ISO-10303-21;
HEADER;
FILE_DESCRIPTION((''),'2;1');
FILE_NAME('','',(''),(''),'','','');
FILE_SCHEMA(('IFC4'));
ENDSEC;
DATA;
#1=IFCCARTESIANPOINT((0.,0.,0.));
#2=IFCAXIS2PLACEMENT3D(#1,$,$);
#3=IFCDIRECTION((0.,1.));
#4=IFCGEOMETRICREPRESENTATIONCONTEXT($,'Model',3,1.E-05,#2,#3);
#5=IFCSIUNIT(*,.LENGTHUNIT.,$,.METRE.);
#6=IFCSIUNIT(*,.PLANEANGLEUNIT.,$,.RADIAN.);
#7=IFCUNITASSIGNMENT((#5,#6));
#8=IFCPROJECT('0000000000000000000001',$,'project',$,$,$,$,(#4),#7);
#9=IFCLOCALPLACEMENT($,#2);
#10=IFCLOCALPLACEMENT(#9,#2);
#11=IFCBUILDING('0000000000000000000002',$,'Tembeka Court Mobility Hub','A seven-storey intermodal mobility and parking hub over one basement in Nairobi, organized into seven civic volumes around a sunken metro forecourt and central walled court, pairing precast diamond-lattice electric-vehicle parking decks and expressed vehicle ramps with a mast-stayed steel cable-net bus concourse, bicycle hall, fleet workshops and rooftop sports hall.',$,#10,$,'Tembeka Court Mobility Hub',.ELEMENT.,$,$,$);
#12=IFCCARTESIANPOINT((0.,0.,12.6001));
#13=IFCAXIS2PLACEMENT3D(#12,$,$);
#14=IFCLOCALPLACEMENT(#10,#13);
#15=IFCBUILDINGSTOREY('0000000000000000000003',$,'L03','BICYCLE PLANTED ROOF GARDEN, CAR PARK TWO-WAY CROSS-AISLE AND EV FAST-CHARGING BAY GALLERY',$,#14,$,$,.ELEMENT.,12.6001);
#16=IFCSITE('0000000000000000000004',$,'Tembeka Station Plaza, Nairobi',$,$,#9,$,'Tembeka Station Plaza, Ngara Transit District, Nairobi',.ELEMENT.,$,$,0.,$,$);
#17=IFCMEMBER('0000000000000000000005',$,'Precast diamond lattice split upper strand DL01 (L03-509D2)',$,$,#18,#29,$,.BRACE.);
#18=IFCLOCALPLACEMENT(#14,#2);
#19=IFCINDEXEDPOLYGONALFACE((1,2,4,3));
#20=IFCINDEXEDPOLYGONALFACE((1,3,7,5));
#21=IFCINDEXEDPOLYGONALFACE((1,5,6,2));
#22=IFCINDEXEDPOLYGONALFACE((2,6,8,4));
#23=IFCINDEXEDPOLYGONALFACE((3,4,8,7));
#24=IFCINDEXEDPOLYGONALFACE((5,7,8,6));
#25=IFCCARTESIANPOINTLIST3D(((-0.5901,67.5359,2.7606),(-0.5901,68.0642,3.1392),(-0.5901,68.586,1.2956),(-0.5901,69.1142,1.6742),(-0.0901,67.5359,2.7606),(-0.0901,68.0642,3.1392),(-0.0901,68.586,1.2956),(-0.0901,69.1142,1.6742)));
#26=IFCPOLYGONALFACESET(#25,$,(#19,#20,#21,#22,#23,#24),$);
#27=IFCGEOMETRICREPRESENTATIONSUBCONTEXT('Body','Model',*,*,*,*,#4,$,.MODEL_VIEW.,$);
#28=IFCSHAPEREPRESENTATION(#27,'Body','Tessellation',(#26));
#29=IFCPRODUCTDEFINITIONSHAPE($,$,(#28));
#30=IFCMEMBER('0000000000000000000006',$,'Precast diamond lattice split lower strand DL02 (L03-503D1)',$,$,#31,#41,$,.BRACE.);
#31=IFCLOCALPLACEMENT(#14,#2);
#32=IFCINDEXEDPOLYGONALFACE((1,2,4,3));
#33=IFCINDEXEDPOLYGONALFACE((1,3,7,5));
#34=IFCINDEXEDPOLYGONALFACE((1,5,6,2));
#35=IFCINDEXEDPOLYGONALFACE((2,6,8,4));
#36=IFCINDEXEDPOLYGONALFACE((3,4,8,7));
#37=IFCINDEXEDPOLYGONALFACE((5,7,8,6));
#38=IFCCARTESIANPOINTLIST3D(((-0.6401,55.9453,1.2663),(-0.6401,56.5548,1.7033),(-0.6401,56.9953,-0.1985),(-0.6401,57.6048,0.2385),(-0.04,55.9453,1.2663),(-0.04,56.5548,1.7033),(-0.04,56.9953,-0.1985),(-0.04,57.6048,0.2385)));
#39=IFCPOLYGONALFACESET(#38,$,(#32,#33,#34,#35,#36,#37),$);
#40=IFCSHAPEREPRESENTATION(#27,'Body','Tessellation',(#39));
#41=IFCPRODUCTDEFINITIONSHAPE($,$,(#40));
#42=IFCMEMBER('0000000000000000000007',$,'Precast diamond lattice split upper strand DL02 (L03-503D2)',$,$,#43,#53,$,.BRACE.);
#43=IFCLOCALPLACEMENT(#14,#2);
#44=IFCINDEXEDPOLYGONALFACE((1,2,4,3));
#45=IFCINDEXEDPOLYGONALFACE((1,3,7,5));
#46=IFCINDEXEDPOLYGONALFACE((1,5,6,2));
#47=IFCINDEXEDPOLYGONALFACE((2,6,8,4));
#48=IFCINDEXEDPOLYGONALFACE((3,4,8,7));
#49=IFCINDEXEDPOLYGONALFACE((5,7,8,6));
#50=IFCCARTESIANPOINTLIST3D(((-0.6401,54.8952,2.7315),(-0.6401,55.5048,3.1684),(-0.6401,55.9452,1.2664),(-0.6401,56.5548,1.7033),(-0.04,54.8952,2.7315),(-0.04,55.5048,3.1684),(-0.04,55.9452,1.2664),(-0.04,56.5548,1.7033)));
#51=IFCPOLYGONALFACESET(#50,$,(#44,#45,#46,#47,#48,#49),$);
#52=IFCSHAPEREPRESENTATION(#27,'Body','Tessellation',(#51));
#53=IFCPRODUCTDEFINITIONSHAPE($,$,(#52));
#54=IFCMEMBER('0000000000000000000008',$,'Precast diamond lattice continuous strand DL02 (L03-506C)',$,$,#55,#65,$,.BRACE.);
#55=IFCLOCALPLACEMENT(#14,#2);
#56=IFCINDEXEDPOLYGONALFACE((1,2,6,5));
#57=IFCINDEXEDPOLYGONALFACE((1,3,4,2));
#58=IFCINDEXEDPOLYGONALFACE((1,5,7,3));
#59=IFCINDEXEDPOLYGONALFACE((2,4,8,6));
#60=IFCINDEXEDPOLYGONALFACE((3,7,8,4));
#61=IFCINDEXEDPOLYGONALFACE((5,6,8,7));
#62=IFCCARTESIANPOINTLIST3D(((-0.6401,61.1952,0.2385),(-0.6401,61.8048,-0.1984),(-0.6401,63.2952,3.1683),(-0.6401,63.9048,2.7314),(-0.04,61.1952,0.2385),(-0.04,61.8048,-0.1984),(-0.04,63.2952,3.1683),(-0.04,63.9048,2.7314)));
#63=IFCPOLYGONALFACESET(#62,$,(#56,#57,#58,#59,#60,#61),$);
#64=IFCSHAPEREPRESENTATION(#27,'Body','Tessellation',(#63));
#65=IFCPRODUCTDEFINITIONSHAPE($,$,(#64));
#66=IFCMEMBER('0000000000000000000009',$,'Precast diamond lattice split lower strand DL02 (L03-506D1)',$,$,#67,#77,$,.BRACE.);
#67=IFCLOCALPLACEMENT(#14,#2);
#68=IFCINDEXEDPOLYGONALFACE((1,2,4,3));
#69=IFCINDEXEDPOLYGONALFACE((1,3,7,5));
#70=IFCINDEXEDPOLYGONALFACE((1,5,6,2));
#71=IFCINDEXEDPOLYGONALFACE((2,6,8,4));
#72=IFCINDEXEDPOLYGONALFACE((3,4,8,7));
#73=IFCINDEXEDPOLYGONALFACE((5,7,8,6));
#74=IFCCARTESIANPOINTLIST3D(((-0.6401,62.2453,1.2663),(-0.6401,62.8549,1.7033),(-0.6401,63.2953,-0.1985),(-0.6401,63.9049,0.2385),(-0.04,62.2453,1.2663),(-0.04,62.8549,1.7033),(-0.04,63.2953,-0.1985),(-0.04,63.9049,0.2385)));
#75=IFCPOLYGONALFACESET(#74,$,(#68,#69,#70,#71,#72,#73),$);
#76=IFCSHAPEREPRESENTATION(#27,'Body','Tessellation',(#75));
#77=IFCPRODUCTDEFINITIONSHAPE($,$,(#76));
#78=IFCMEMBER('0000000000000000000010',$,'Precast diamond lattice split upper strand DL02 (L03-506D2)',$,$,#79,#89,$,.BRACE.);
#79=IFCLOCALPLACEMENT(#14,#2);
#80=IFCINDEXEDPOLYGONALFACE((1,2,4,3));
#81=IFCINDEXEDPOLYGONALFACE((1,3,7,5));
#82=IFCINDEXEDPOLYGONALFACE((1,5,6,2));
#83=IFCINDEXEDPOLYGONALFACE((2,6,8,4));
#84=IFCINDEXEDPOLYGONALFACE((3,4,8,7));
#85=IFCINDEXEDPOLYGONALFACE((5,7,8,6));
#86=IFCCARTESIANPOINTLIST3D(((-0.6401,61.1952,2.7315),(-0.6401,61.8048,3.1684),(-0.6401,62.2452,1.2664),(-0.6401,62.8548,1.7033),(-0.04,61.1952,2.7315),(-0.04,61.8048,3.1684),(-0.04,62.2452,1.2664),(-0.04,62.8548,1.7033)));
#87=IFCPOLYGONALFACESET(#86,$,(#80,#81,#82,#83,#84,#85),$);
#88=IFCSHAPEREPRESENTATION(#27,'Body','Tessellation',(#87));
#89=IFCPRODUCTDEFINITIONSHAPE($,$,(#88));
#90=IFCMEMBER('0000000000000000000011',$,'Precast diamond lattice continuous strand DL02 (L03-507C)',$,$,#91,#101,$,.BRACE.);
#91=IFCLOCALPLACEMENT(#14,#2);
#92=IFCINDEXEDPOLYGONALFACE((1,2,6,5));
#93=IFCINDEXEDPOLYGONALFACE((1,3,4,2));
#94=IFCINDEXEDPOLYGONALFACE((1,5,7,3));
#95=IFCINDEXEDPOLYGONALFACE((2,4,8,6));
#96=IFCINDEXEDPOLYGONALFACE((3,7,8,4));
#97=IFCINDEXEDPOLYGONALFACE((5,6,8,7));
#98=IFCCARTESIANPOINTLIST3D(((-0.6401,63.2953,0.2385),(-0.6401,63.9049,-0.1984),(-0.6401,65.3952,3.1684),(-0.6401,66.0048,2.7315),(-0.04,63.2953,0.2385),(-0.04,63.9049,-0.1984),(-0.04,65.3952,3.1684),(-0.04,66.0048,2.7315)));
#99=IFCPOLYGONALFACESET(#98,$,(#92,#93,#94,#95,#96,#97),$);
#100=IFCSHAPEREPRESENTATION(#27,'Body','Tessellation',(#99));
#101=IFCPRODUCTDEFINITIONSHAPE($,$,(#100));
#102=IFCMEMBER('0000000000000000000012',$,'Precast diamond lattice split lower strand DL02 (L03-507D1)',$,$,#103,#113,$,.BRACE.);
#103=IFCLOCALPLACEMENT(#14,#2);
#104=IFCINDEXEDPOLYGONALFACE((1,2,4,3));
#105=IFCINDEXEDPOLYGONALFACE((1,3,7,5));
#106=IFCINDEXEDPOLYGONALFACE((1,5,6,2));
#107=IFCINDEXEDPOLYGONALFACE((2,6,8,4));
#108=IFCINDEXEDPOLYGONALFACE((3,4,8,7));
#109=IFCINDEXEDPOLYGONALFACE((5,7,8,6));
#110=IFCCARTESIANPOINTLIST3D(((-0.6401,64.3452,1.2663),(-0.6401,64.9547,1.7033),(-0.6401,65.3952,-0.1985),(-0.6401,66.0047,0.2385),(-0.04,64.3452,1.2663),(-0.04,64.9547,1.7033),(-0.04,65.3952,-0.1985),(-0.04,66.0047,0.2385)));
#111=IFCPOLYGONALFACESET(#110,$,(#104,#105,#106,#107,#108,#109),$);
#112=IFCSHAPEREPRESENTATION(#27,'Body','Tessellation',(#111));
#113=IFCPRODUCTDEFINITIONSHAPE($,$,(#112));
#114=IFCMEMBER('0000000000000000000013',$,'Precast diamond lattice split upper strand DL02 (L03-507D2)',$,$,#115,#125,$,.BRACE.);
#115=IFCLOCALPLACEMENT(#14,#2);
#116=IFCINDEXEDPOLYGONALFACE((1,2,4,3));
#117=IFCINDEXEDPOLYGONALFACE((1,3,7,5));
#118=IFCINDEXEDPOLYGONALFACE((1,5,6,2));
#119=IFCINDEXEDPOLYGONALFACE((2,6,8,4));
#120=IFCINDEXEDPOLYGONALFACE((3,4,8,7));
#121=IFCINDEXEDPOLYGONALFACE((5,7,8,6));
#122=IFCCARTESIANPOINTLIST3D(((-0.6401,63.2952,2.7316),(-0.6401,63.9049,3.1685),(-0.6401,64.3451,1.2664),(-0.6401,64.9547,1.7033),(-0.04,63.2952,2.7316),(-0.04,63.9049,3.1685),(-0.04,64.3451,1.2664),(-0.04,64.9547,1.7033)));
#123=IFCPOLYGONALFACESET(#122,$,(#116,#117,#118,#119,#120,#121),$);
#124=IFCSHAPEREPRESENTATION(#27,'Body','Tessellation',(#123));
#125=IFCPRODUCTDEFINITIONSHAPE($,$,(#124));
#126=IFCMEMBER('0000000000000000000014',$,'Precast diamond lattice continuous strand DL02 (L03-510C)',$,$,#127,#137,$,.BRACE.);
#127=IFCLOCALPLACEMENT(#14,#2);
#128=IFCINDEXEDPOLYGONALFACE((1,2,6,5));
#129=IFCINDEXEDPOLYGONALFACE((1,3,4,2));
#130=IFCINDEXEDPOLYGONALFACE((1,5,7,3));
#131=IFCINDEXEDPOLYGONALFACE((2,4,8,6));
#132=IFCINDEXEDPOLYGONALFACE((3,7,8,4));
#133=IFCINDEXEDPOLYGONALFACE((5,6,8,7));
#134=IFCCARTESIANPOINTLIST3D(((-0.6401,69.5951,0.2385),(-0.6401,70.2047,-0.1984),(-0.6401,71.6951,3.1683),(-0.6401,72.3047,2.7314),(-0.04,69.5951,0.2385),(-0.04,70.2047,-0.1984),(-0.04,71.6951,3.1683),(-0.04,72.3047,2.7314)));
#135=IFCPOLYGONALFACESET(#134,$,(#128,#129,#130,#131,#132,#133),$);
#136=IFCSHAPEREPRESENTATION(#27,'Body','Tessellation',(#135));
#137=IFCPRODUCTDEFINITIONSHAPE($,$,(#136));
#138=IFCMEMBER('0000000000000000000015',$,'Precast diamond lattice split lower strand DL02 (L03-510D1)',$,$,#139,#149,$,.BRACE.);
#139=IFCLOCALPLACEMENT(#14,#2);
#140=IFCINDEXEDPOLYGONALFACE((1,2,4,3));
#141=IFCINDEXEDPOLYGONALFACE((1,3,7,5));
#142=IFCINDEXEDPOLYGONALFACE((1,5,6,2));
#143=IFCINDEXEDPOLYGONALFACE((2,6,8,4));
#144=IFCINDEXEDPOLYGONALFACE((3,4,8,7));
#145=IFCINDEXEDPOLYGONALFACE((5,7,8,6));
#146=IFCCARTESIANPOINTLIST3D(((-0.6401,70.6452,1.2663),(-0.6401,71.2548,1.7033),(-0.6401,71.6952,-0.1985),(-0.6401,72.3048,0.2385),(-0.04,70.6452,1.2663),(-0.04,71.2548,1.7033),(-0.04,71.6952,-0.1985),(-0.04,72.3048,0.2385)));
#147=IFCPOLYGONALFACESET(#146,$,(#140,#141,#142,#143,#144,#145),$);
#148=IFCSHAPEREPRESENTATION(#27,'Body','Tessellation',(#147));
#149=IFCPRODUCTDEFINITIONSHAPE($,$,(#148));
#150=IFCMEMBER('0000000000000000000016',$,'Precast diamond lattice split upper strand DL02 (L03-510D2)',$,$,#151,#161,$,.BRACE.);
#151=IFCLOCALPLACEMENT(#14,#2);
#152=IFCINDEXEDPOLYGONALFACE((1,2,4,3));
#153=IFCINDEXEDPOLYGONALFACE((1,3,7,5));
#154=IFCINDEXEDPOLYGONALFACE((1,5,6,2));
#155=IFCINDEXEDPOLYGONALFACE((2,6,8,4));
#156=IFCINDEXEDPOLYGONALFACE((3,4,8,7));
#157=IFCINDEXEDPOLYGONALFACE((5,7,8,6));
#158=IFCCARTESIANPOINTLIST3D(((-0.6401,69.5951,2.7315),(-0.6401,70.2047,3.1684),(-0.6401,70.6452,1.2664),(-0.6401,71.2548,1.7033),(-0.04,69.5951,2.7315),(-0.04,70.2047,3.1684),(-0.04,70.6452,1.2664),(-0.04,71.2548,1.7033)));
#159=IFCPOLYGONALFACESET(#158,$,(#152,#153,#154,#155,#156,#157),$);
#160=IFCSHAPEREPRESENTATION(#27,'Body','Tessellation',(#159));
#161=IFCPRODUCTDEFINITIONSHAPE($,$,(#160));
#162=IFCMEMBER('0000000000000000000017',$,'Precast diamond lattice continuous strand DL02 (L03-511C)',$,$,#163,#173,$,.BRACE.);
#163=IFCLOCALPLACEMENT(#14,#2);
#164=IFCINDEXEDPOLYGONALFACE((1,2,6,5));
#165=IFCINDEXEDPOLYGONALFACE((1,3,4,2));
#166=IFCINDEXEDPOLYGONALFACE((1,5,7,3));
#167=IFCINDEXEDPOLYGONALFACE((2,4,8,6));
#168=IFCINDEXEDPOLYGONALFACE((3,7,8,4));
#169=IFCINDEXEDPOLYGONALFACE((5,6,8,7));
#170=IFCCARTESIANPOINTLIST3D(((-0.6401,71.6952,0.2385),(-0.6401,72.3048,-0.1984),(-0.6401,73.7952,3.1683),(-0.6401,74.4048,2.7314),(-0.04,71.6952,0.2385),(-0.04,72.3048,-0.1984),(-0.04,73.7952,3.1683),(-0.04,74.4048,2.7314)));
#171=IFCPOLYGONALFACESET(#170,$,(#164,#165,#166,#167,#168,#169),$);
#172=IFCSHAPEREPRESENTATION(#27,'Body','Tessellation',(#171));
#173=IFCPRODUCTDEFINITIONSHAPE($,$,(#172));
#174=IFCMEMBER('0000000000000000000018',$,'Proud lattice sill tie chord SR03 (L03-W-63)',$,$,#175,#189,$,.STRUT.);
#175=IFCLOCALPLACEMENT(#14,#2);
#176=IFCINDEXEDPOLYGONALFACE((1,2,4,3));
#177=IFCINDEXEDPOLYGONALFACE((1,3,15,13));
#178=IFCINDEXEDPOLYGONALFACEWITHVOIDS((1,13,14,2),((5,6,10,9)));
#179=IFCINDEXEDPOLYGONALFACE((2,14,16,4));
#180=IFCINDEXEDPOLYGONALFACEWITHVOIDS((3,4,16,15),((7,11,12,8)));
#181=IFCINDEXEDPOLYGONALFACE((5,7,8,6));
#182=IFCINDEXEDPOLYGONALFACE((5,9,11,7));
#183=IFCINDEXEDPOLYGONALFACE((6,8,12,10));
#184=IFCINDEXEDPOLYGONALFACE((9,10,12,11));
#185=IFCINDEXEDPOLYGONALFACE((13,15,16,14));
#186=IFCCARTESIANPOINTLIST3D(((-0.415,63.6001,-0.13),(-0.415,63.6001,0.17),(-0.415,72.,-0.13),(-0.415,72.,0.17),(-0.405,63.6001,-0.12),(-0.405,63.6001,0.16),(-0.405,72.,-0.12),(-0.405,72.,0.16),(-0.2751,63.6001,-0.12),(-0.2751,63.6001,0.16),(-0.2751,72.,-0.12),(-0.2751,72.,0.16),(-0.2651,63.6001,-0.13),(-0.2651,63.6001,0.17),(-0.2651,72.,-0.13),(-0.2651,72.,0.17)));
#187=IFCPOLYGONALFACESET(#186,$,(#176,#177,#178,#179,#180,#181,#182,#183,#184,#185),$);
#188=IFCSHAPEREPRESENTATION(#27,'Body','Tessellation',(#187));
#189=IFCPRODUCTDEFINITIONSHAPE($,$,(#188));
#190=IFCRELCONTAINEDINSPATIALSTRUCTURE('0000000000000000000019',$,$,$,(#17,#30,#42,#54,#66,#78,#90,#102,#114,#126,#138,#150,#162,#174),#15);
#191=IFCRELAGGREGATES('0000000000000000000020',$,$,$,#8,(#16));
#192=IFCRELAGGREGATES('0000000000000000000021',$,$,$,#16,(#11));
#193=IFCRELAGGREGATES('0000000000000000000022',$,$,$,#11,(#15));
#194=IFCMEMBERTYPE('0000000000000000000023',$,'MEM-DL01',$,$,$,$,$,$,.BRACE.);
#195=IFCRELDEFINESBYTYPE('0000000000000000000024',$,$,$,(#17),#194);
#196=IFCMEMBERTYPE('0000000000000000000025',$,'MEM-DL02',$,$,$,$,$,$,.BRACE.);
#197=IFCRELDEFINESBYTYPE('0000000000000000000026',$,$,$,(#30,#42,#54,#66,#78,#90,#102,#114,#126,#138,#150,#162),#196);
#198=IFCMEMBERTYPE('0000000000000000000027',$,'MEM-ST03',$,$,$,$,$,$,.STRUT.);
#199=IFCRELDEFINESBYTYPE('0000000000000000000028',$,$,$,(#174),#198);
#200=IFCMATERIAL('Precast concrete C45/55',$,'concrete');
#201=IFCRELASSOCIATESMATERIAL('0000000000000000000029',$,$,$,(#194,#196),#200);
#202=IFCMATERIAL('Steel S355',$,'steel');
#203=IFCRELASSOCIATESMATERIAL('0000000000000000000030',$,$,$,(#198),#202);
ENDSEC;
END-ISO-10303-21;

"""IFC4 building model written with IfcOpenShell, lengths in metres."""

from ifc_helpers import new_model, si_unit, direction, frame, origin, origin_2d, place, context, subcontext, project, spatial, rectangle, hollow_rectangle, extrude, material, material_profile, profile_set, type_object, element, save


model = new_model("IFC4")

# Units and contexts
model_context = context("Model", 3, precision=1e-05, world=origin(), true_north=direction((0.0, 1.0)))
body_context = subcontext(model_context, "Body", "Model", "MODEL_VIEW")
ifc_project = project(units=[si_unit("LENGTHUNIT", "METRE"), si_unit("PLANEANGLEUNIT", "RADIAN")], contexts=[model_context])

# Site, building, storey
site_placement = place(None, origin())
site = spatial("IfcSite", under=ifc_project, at=site_placement, Name="Tembeka Station Plaza, Nairobi", LongName="Tembeka Station Plaza, Ngara Transit District, Nairobi", CompositionType="ELEMENT", RefElevation=0.0)
building_placement = place(site_placement, origin())
building = spatial("IfcBuilding", under=site, at=building_placement, Name="Tembeka Court Mobility Hub", Description="A seven-storey intermodal mobility and parking hub over one basement in Nairobi, organized into seven civic volumes around a sunken metro forecourt and central walled court, pairing precast diamond-lattice electric-vehicle parking decks and expressed vehicle ramps with a mast-stayed steel cable-net bus concourse, bicycle hall, fleet workshops and rooftop sports hall.", LongName="Tembeka Court Mobility Hub", CompositionType="ELEMENT")
storey_placement = place(building_placement, frame((0.0, 0.0, 12.6001)))
storey = spatial("IfcBuildingStorey", under=building, at=storey_placement, Name="L03", Description="BICYCLE PLANTED ROOF GARDEN, CAR PARK TWO-WAY CROSS-AISLE AND EV FAST-CHARGING BAY GALLERY", CompositionType="ELEMENT", Elevation=12.6001)

# Shared definitions
ifc_material_1 = material(Name="Steel S355", Category="steel")

# Members
ifc_material_2 = material(Name="Precast concrete C45/55", Category="concrete")
ifc_material_profile_1 = material_profile(ifc_material_2, rectangle(XDim=0.5, YDim=0.6499, at=origin_2d()), Name="PC-DIAG 500x650")
ifc_profile_set_1 = profile_set([ifc_material_profile_1], Name="Precast concrete C45/55")
member_type_1 = type_object("IfcMemberType", Name="MEM-DL01", PredefinedType="BRACE", material=ifc_profile_set_1)
member_1_placement = place(storey_placement, frame((-0.3401, 68.8501, 1.4849), z_axis=(0.0, -0.582544, 0.812799), x_axis=(1.0, 0.0, 0.0)))
element("IfcMember", 1, at=member_1_placement, inside=storey, type_object=member_type_1, Name="Precast diamond lattice split upper strand DL01 (L03-509D2)", PredefinedType="BRACE", context=body_context, shape_type="SweptSolid", body=[
    extrude(rectangle(XDim=0.5, YDim=0.6499, at=origin_2d()), origin(), (0.0, 0.0, 1.0), 1.8025),
])
ifc_material_profile_2 = material_profile(ifc_material_2, rectangle(XDim=0.6001, YDim=0.75, at=origin_2d()), Name="PC-DIAG 600x750")
ifc_profile_set_2 = profile_set([ifc_material_profile_2], Name="Precast concrete C45/55")
member_type_2 = type_object("IfcMemberType", Name="MEM-DL02", PredefinedType="BRACE", material=ifc_profile_set_2)
member_2_placement = place(storey_placement, frame((-0.3401, 57.3, 0.02), z_axis=(0.0, -0.582608, 0.812753), x_axis=(1.0, 0.0, 0.0)))
element("IfcMember", 2, at=member_2_placement, inside=storey, type_object=member_type_2, Name="Precast diamond lattice split lower strand DL02 (L03-503D1)", PredefinedType="BRACE", context=body_context, shape_type="SweptSolid", body=[
    extrude(rectangle(XDim=0.6001, YDim=0.75, at=origin_2d()), origin(), (0.0, 0.0, 1.0), 1.8022),
])
member_3_placement = place(storey_placement, frame((-0.3401, 56.25, 1.4849), z_axis=(0.0, -0.582544, 0.812799), x_axis=(1.0, 0.0, 0.0)))
element("IfcMember", 3, at=member_3_placement, inside=storey, type_object=member_type_2, Name="Precast diamond lattice split upper strand DL02 (L03-503D2)", PredefinedType="BRACE", context=body_context, shape_type="SweptSolid", body=[
    extrude(rectangle(XDim=0.6001, YDim=0.75, at=origin_2d()), origin(), (0.0, 0.0, 1.0), 1.8025),
])
member_4_placement = place(storey_placement, frame((-0.3401, 61.5, 0.02), z_axis=(0.0, 0.582576, 0.812776), x_axis=(-1.0, 0.0, 0.0)))
element("IfcMember", 4, at=member_4_placement, inside=storey, type_object=member_type_2, Name="Precast diamond lattice continuous strand DL02 (L03-506C)", PredefinedType="BRACE", context=body_context, shape_type="SweptSolid", body=[
    extrude(rectangle(XDim=0.6001, YDim=0.75, at=origin_2d()), origin(), (0.0, 0.0, 1.0), 3.6047),
])
member_5_placement = place(storey_placement, frame((-0.3401, 63.6001, 0.02), z_axis=(0.0, -0.582608, 0.812753), x_axis=(1.0, 0.0, 0.0)))
element("IfcMember", 5, at=member_5_placement, inside=storey, type_object=member_type_2, Name="Precast diamond lattice split lower strand DL02 (L03-506D1)", PredefinedType="BRACE", context=body_context, shape_type="SweptSolid", body=[
    extrude(rectangle(XDim=0.6001, YDim=0.75, at=origin_2d()), origin(), (0.0, 0.0, 1.0), 1.8022),
])
member_6_placement = place(storey_placement, frame((-0.3401, 62.55, 1.4849), z_axis=(0.0, -0.582544, 0.812799), x_axis=(1.0, 0.0, 0.0)))
element("IfcMember", 6, at=member_6_placement, inside=storey, type_object=member_type_2, Name="Precast diamond lattice split upper strand DL02 (L03-506D2)", PredefinedType="BRACE", context=body_context, shape_type="SweptSolid", body=[
    extrude(rectangle(XDim=0.6001, YDim=0.75, at=origin_2d()), origin(), (0.0, 0.0, 1.0), 1.8025),
])
member_7_placement = place(storey_placement, frame((-0.3401, 63.6001, 0.02), z_axis=(0.0, 0.582532, 0.812808), x_axis=(-1.0, 0.0, 0.0)))
element("IfcMember", 7, at=member_7_placement, inside=storey, type_object=member_type_2, Name="Precast diamond lattice continuous strand DL02 (L03-507C)", PredefinedType="BRACE", context=body_context, shape_type="SweptSolid", body=[
    extrude(rectangle(XDim=0.6001, YDim=0.75, at=origin_2d()), origin(), (0.0, 0.0, 1.0), 3.6047),
])
member_8_placement = place(storey_placement, frame((-0.3401, 65.7, 0.02), z_axis=(0.0, -0.582608, 0.812753), x_axis=(1.0, 0.0, 0.0)))
element("IfcMember", 8, at=member_8_placement, inside=storey, type_object=member_type_2, Name="Precast diamond lattice split lower strand DL02 (L03-507D1)", PredefinedType="BRACE", context=body_context, shape_type="SweptSolid", body=[
    extrude(rectangle(XDim=0.6001, YDim=0.75, at=origin_2d()), origin(), (0.0, 0.0, 1.0), 1.8022),
])
member_9_placement = place(storey_placement, frame((-0.3401, 64.6499, 1.4849), z_axis=(0.0, -0.582455, 0.812863), x_axis=(1.0, 0.0, 0.0)))
element("IfcMember", 9, at=member_9_placement, inside=storey, type_object=member_type_2, Name="Precast diamond lattice split upper strand DL02 (L03-507D2)", PredefinedType="BRACE", context=body_context, shape_type="SweptSolid", body=[
    extrude(rectangle(XDim=0.6001, YDim=0.75, at=origin_2d()), origin(), (0.0, 0.0, 1.0), 1.8025),
])
member_10_placement = place(storey_placement, frame((-0.3401, 69.8999, 0.02), z_axis=(0.0, 0.582576, 0.812776), x_axis=(-1.0, 0.0, 0.0)))
element("IfcMember", 10, at=member_10_placement, inside=storey, type_object=member_type_2, Name="Precast diamond lattice continuous strand DL02 (L03-510C)", PredefinedType="BRACE", context=body_context, shape_type="SweptSolid", body=[
    extrude(rectangle(XDim=0.6001, YDim=0.75, at=origin_2d()), origin(), (0.0, 0.0, 1.0), 3.6047),
])
member_11_placement = place(storey_placement, frame((-0.3401, 72.0, 0.02), z_axis=(0.0, -0.582608, 0.812753), x_axis=(1.0, 0.0, 0.0)))
element("IfcMember", 11, at=member_11_placement, inside=storey, type_object=member_type_2, Name="Precast diamond lattice split lower strand DL02 (L03-510D1)", PredefinedType="BRACE", context=body_context, shape_type="SweptSolid", body=[
    extrude(rectangle(XDim=0.6001, YDim=0.75, at=origin_2d()), origin(), (0.0, 0.0, 1.0), 1.8022),
])
member_12_placement = place(storey_placement, frame((-0.3401, 70.95, 1.4849), z_axis=(0.0, -0.582544, 0.812799), x_axis=(1.0, 0.0, 0.0)))
element("IfcMember", 12, at=member_12_placement, inside=storey, type_object=member_type_2, Name="Precast diamond lattice split upper strand DL02 (L03-510D2)", PredefinedType="BRACE", context=body_context, shape_type="SweptSolid", body=[
    extrude(rectangle(XDim=0.6001, YDim=0.75, at=origin_2d()), origin(), (0.0, 0.0, 1.0), 1.8025),
])
member_13_placement = place(storey_placement, frame((-0.3401, 72.0, 0.02), z_axis=(0.0, 0.582576, 0.812776), x_axis=(-1.0, 0.0, 0.0)))
element("IfcMember", 13, at=member_13_placement, inside=storey, type_object=member_type_2, Name="Precast diamond lattice continuous strand DL02 (L03-511C)", PredefinedType="BRACE", context=body_context, shape_type="SweptSolid", body=[
    extrude(rectangle(XDim=0.6001, YDim=0.75, at=origin_2d()), origin(), (0.0, 0.0, 1.0), 3.6047),
])
ifc_material_profile_3 = material_profile(ifc_material_1, hollow_rectangle(XDim=0.1499, YDim=0.3, WallThickness=0.01, at=origin_2d()), Name="RHS 300x150x10")
ifc_profile_set_3 = profile_set([ifc_material_profile_3], Name="Steel S355")
member_type_3 = type_object("IfcMemberType", Name="MEM-ST03", PredefinedType="STRUT", material=ifc_profile_set_3)
for number, where, z_axis, x_axis, name in (
    (14, (-0.3401, 63.6001, 0.02), (0.0, 1.0, 0.0), (-1.0, 0.0, 0.0), "Proud lattice sill tie chord SR03 (L03-W-63)"),
):
    element("IfcMember", number, at=place(storey_placement, frame(where, z_axis=z_axis, x_axis=x_axis)), inside=storey, type_object=member_type_3, Name=name, PredefinedType="STRUT", context=body_context, shape_type="SweptSolid", body=[
        extrude(hollow_rectangle(XDim=0.1499, YDim=0.3, WallThickness=0.01, at=origin_2d()), origin(), (0.0, 0.0, 1.0), 8.3999),
    ])

save(model, "model.ifc")
